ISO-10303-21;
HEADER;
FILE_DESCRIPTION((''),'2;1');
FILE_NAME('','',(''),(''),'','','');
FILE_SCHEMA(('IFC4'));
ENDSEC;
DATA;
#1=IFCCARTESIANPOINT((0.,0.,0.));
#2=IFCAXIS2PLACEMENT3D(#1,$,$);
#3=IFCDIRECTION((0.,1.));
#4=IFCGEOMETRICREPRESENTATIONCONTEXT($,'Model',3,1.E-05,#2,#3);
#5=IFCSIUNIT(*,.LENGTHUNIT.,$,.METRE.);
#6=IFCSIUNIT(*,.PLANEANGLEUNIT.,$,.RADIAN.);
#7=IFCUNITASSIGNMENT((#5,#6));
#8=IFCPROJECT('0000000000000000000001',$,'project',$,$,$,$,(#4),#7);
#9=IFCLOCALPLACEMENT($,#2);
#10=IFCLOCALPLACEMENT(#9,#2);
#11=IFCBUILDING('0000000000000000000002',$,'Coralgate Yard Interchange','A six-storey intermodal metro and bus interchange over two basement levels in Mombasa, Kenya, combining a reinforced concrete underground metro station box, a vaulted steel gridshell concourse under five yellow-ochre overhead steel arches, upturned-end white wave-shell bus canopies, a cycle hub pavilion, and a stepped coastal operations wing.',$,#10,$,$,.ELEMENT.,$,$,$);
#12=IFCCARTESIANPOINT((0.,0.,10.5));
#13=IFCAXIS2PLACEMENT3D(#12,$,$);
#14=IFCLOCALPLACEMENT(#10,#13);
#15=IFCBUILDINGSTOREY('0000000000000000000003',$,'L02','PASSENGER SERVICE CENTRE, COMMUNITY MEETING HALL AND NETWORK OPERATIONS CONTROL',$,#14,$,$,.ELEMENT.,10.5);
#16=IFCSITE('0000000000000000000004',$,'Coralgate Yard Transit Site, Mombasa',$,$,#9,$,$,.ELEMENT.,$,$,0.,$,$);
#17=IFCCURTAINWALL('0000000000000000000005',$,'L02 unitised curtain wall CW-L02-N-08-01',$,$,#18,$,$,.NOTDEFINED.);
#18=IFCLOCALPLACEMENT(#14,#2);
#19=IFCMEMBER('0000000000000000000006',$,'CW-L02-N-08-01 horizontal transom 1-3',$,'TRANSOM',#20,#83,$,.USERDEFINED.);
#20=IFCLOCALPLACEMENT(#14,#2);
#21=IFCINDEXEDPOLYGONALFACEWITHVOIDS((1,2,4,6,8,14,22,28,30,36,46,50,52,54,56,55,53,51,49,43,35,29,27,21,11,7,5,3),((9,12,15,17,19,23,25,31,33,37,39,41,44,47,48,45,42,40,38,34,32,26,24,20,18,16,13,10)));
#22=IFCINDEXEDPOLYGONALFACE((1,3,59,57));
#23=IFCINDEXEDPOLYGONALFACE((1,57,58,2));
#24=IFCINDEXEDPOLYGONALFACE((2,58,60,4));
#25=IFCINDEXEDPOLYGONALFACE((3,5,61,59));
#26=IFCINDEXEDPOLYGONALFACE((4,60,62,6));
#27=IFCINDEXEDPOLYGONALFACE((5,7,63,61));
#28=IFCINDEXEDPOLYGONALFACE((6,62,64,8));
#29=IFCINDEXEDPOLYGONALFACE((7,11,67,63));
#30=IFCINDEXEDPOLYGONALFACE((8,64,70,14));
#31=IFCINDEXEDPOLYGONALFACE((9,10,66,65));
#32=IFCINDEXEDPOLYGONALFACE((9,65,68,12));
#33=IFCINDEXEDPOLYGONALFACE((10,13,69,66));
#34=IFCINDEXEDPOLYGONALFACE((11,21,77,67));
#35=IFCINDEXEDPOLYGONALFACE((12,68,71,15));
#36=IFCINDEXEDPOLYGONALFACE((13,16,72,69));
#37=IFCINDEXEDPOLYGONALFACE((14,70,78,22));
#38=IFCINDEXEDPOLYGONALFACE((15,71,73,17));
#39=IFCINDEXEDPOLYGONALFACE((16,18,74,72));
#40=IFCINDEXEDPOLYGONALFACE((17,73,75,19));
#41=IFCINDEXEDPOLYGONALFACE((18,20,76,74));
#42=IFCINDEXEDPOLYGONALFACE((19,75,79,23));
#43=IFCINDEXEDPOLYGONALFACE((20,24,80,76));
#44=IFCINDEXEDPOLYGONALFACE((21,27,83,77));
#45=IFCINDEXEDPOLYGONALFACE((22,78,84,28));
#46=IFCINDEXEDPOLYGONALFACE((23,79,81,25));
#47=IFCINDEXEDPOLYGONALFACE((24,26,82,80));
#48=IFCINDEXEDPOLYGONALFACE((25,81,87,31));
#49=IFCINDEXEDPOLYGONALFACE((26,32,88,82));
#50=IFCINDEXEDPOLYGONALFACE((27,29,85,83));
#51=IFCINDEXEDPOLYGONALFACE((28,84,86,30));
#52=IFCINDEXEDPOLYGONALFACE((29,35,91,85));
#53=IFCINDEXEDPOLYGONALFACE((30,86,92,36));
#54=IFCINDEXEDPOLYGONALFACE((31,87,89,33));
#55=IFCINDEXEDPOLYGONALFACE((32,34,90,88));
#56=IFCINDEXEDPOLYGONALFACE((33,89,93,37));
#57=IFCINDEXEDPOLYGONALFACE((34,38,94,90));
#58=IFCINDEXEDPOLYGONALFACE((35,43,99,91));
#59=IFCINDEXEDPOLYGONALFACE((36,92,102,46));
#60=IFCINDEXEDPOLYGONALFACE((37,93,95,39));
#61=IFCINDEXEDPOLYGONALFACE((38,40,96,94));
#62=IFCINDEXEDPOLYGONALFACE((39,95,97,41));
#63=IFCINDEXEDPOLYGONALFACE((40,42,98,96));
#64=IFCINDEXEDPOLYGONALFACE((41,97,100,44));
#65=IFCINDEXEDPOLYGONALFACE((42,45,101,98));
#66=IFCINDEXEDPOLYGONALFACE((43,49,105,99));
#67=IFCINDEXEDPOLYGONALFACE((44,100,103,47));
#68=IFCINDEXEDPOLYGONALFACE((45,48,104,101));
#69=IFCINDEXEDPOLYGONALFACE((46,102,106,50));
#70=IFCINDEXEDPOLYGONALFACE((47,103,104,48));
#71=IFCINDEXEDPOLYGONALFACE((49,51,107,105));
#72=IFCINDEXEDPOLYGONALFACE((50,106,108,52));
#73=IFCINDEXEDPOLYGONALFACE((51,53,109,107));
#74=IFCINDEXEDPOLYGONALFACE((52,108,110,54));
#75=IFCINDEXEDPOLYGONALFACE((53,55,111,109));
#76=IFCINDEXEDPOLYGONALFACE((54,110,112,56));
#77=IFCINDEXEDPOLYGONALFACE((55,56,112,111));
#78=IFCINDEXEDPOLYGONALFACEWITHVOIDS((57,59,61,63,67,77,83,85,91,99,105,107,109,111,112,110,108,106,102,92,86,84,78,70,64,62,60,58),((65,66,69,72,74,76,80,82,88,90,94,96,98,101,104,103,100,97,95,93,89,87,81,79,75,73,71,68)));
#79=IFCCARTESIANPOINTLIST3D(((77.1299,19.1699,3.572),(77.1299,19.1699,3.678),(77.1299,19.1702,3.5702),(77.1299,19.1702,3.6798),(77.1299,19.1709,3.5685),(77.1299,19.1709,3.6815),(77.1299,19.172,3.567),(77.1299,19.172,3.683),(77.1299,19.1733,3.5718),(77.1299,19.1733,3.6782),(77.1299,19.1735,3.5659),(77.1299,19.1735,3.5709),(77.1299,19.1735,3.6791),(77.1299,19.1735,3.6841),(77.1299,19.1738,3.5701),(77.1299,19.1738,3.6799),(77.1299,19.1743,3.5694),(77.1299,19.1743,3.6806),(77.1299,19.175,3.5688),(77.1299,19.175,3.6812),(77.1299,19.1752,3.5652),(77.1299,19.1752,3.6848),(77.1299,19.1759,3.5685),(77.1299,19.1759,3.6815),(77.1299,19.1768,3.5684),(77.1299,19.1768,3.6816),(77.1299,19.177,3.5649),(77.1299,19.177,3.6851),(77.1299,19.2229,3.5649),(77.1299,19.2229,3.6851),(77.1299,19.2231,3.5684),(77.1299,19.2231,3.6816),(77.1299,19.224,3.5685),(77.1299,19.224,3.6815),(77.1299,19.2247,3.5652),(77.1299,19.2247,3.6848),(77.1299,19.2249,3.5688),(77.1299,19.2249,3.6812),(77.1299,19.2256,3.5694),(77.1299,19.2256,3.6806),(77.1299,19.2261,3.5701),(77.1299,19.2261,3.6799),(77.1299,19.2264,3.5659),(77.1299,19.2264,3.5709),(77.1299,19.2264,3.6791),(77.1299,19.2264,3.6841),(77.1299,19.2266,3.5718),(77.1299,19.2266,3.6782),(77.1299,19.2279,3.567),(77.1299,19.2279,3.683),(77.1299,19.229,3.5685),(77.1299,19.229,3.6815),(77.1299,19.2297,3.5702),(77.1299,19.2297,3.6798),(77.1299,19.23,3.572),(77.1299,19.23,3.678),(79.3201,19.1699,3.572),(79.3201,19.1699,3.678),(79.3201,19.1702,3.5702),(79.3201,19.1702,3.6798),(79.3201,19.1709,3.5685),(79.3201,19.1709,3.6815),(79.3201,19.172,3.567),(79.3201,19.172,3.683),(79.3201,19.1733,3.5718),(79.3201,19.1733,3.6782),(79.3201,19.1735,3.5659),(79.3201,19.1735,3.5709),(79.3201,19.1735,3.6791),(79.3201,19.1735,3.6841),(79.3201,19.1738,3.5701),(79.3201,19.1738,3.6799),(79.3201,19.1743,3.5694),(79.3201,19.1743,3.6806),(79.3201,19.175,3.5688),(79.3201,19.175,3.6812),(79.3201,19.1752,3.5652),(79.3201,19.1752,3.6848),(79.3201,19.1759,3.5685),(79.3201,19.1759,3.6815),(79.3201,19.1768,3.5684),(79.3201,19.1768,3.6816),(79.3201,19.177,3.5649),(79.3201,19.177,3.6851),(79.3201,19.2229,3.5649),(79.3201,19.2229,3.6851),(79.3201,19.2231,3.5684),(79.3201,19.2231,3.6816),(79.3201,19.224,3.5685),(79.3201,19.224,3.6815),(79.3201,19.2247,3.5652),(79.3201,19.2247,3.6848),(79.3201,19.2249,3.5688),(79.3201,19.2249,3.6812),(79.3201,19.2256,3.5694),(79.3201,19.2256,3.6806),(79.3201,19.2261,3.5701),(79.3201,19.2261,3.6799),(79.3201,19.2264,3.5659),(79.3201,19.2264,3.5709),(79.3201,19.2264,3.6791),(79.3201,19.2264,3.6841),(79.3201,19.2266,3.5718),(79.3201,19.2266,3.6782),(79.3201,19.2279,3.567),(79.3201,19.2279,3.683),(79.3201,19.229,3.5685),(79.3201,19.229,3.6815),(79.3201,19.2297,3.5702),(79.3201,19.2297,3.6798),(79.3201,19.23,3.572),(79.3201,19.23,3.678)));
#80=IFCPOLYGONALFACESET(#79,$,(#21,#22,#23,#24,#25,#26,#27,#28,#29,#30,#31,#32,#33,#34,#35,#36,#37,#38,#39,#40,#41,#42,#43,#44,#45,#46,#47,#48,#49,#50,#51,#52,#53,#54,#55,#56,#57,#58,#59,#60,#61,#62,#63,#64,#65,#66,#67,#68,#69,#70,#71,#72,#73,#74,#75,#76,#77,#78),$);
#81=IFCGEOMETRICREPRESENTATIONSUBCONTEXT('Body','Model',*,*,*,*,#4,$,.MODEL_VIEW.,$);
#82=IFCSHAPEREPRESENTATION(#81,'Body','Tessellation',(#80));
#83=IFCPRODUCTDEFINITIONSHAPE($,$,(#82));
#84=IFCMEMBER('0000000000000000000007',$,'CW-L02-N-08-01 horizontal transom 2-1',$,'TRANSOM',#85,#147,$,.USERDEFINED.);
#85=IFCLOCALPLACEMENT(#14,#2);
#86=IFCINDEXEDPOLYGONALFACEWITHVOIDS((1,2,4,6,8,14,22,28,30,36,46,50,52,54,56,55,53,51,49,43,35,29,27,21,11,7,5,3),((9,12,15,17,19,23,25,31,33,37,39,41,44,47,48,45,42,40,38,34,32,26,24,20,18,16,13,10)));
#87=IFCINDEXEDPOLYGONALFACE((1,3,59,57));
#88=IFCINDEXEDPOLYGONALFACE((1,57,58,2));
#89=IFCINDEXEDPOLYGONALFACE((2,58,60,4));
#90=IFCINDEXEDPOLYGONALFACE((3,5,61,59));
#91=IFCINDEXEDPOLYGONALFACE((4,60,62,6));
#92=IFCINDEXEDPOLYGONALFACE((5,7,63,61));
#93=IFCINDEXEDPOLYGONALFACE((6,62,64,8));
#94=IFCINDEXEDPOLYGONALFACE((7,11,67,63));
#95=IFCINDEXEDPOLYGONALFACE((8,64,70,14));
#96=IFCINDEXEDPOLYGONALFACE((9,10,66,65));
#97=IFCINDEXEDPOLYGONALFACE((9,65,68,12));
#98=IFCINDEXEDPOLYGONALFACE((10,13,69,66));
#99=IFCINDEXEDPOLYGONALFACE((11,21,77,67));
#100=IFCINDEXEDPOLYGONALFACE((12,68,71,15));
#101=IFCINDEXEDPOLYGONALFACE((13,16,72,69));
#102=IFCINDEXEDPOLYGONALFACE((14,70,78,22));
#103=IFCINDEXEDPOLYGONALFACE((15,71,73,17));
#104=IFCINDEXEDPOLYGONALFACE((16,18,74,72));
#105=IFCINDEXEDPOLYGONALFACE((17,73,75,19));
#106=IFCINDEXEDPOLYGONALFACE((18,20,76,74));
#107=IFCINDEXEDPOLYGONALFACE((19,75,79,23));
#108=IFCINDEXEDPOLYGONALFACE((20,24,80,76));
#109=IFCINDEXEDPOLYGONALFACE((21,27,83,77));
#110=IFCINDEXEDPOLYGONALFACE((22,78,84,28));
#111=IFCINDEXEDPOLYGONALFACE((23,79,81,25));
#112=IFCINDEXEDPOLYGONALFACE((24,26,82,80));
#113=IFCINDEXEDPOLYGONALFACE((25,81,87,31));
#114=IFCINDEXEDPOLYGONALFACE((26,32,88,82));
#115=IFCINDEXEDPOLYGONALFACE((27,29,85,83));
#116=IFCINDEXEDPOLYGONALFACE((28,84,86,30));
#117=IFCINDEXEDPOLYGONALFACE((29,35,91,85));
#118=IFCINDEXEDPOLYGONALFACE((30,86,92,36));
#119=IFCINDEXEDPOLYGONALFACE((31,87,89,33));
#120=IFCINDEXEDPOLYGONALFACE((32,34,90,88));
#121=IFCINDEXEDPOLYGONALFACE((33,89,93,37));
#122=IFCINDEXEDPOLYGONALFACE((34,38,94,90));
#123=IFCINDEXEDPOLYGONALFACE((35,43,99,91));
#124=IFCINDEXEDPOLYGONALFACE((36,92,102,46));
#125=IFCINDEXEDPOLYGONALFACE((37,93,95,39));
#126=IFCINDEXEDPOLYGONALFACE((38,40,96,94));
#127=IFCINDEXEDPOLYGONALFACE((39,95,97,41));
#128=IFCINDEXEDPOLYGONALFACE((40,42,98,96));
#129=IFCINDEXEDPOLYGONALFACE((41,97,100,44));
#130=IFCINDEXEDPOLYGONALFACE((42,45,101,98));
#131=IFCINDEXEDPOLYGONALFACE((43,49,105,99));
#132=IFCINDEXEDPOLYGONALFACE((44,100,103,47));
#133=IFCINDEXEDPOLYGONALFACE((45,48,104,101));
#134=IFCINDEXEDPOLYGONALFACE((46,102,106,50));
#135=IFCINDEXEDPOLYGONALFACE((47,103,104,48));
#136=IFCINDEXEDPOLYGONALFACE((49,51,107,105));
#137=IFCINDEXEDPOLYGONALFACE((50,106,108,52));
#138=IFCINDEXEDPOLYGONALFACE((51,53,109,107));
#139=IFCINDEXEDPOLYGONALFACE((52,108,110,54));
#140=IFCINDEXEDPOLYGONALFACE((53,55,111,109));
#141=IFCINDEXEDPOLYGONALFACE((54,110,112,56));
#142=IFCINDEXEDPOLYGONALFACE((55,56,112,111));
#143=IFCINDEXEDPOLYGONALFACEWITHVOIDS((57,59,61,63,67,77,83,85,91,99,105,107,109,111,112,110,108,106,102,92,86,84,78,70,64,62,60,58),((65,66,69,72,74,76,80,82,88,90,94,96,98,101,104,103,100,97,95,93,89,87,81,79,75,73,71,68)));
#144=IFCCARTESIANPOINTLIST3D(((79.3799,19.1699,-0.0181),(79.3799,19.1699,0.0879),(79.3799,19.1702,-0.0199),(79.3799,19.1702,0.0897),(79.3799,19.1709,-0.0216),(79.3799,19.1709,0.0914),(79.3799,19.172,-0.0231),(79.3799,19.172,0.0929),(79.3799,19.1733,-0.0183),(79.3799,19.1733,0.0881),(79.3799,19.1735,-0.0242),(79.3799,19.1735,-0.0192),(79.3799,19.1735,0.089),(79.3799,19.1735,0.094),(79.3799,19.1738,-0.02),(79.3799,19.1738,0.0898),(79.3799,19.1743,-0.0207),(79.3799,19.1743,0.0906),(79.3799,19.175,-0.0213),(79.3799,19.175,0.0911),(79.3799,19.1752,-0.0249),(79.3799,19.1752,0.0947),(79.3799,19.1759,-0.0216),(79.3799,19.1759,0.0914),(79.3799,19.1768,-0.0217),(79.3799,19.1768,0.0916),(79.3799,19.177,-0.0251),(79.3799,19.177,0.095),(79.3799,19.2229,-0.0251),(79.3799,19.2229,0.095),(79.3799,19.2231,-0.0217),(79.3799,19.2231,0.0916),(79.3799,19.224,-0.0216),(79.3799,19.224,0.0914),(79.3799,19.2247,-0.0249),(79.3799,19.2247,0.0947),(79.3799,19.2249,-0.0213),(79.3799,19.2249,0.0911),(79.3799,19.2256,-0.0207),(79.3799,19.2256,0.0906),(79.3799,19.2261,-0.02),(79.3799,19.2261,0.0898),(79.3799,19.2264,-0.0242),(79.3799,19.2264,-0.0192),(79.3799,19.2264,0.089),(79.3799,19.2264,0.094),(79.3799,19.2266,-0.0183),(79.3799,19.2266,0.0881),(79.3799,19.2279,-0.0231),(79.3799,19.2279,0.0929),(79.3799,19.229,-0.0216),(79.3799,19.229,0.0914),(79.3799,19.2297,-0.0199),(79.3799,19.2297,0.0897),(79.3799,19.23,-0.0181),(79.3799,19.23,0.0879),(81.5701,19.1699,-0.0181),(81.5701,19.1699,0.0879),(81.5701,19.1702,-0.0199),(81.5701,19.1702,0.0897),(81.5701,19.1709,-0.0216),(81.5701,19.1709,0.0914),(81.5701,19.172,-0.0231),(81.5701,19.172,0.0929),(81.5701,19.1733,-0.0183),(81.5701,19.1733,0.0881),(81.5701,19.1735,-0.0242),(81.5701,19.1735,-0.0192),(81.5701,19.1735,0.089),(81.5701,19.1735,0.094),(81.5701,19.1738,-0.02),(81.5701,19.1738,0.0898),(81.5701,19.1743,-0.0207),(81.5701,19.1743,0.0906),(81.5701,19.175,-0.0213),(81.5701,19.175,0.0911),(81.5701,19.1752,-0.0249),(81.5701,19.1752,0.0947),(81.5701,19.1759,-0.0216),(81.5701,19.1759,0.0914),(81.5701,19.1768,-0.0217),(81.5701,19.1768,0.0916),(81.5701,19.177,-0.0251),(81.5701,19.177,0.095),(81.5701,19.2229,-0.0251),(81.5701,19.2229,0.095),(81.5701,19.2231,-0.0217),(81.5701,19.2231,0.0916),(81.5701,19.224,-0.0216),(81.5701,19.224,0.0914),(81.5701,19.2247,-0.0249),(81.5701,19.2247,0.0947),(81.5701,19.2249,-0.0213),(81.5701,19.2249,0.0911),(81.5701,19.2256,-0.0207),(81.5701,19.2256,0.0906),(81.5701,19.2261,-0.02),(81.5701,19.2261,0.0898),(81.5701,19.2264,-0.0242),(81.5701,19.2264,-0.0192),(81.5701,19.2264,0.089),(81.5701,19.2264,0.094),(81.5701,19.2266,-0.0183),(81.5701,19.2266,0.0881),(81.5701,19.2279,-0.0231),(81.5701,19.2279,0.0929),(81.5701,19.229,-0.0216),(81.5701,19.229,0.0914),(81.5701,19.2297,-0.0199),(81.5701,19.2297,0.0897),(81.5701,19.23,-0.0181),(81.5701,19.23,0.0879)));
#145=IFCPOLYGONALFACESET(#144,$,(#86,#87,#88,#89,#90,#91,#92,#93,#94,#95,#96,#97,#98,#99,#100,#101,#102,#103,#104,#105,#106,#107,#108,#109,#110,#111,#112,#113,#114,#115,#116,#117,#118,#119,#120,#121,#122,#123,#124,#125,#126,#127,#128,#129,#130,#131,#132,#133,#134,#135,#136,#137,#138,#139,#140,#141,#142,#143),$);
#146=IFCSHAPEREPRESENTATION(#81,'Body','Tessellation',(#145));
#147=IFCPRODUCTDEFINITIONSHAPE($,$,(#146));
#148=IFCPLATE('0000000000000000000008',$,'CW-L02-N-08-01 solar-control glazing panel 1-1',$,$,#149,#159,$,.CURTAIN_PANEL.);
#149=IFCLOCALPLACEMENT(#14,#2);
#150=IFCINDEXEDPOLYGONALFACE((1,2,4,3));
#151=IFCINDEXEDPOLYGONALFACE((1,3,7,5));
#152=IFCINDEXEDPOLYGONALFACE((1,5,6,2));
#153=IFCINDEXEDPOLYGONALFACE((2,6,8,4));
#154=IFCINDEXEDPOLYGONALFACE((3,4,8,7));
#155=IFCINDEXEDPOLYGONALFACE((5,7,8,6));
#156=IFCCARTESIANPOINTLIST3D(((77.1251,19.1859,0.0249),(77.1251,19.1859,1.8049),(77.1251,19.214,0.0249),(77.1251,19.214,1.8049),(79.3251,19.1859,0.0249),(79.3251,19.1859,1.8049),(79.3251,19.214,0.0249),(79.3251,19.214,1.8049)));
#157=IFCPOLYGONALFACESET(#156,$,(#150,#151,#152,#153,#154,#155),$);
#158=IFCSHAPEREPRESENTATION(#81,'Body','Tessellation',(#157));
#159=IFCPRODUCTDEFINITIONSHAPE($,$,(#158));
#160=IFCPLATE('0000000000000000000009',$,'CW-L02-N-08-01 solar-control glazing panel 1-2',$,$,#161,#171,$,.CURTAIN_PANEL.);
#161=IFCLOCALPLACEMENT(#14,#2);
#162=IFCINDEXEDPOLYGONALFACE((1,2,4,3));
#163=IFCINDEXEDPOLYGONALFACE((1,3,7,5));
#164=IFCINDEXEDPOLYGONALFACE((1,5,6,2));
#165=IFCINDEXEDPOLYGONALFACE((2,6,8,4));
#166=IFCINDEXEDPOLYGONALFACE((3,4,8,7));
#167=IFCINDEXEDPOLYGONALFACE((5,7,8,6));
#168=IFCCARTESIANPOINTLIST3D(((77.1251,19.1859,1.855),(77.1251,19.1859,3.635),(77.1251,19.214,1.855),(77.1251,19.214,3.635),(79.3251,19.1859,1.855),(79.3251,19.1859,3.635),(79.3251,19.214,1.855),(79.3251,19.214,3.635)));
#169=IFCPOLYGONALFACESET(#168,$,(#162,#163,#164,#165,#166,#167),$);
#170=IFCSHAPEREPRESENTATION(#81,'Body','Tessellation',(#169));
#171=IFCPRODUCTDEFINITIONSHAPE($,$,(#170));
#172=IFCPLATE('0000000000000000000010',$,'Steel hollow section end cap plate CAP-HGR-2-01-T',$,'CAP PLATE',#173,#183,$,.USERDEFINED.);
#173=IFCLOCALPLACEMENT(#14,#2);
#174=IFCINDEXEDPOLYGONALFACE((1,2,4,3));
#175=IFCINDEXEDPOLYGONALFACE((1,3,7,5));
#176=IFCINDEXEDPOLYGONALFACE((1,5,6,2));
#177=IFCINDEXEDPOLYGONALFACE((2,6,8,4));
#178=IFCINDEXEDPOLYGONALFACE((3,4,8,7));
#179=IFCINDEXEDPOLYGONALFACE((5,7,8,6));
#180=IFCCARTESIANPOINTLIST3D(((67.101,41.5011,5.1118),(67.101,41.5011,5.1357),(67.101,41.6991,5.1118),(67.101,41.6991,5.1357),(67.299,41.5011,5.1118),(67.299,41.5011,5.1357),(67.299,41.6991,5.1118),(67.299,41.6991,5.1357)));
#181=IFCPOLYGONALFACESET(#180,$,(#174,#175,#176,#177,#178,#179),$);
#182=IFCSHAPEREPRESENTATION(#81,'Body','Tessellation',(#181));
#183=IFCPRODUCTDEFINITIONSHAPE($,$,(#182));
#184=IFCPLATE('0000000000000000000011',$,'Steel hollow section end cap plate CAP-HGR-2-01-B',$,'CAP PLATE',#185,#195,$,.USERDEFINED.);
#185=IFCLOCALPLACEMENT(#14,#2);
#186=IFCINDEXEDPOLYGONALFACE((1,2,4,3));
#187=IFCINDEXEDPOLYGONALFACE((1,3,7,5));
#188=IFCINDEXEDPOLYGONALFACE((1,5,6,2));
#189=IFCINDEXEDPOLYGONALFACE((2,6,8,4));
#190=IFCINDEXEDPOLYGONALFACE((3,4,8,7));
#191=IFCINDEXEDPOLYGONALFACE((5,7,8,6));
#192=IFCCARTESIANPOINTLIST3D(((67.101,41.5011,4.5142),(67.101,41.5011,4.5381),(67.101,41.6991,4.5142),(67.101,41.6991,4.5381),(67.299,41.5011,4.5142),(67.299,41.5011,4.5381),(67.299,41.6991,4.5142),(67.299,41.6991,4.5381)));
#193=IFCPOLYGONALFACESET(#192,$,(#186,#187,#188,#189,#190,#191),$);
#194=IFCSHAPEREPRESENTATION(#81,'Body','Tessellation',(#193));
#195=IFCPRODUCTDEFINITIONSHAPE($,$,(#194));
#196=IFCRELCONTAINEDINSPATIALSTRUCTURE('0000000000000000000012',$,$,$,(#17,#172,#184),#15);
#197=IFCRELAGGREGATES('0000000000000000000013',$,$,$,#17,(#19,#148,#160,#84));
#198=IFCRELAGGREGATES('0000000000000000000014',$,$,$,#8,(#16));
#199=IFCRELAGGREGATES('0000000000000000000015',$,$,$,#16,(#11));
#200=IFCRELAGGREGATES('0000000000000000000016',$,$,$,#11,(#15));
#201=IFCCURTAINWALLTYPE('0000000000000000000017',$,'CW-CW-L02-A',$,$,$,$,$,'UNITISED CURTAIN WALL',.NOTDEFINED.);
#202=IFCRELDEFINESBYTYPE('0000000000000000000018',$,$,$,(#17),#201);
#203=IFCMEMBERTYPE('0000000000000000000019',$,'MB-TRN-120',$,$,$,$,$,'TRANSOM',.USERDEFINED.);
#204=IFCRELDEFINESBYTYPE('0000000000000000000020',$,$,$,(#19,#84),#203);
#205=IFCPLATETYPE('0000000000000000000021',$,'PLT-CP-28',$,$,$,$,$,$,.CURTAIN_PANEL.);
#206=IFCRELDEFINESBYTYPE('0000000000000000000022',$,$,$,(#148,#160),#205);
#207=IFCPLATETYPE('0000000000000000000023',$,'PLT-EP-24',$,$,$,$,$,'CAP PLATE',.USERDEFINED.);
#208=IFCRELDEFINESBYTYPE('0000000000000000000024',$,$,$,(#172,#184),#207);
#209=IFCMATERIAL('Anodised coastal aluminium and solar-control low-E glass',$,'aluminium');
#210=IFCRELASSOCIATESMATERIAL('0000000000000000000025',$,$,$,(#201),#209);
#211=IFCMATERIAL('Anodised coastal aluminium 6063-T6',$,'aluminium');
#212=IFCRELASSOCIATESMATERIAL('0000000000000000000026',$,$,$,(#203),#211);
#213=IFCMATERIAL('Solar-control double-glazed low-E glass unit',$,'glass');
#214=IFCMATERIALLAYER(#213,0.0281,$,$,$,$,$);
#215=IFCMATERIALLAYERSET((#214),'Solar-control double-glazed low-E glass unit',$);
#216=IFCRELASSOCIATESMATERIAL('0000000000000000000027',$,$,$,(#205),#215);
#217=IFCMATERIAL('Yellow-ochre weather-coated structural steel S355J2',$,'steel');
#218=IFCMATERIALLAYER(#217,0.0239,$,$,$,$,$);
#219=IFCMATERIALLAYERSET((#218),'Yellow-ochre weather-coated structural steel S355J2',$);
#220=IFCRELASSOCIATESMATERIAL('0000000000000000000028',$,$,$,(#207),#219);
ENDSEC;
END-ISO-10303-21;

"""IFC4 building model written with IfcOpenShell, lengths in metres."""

from ifc_helpers import new_model, si_unit, direction, frame, origin, origin_2d, place, context, subcontext, project, spatial, rectangle, hollow_rectangle, extrude, material, layer, layer_set, material_profile, profile_set, type_object, element, aggregate, save


model = new_model("IFC4")

# Units and contexts
model_context = context("Model", 3, precision=1e-05, world=origin(), true_north=direction((0.0, 1.0)))
body_context = subcontext(model_context, "Body", "Model", "MODEL_VIEW")
ifc_project = project(units=[si_unit("LENGTHUNIT", "METRE"), si_unit("PLANEANGLEUNIT", "RADIAN")], contexts=[model_context])

# Site, building, storey
site_placement = place(None, origin())
site = spatial("IfcSite", under=ifc_project, at=site_placement, Name="Coralgate Yard Transit Site, Mombasa", CompositionType="ELEMENT", RefElevation=0.0)
building_placement = place(site_placement, origin())
building = spatial("IfcBuilding", under=site, at=building_placement, Name="Coralgate Yard Interchange", Description="A six-storey intermodal metro and bus interchange over two basement levels in Mombasa, Kenya, combining a reinforced concrete underground metro station box, a vaulted steel gridshell concourse under five yellow-ochre overhead steel arches, upturned-end white wave-shell bus canopies, a cycle hub pavilion, and a stepped coastal operations wing.", CompositionType="ELEMENT")
storey_placement = place(building_placement, frame((0.0, 0.0, 10.5)))
storey = spatial("IfcBuildingStorey", under=building, at=storey_placement, Name="L02", Description="PASSENGER SERVICE CENTRE, COMMUNITY MEETING HALL AND NETWORK OPERATIONS CONTROL", CompositionType="ELEMENT", Elevation=10.5)

# Shared definitions
ifc_material_1 = material(Name="Yellow-ochre weather-coated structural steel S355J2", Category="steel")

# Curtain wall
ifc_material_2 = material(Name="Anodised coastal aluminium and solar-control low-E glass", Category="aluminium")
curtain_wall_type = type_object("IfcCurtainWallType", Name="CW-CW-L02-A", ElementType="UNITISED CURTAIN WALL", PredefinedType="NOTDEFINED", material=ifc_material_2)
curtain_wall_placement = place(storey_placement, origin())
curtain_wall = element("IfcCurtainWall", 1, at=curtain_wall_placement, inside=storey, type_object=curtain_wall_type, Name="L02 unitised curtain wall CW-L02-N-08-01", PredefinedType="NOTDEFINED")
ifc_material_3 = material(Name="Anodised coastal aluminium 6063-T6", Category="aluminium")

# Members
ifc_material_profile_1 = material_profile(ifc_material_3, hollow_rectangle(XDim=0.0601, YDim=0.1201, WallThickness=0.0034, InnerFilletRadius=0.0034, OuterFilletRadius=0.0071, at=origin_2d()), Name="ALU 60x120x3.5")
ifc_profile_set_1 = profile_set([ifc_material_profile_1], Name="Anodised coastal aluminium 6063-T6")
member_type_1 = type_object("IfcMemberType", Name="MB-TRN-120", ElementType="TRANSOM", PredefinedType="USERDEFINED", material=ifc_profile_set_1)
member_1_placement = place(storey_placement, frame((77.1299, 19.2, 3.625), z_axis=(1.0, 0.0, 0.0), x_axis=(0.0, 1.0, 0.0)))
member_1 = element("IfcMember", 2, at=member_1_placement, type_object=member_type_1, Name="CW-L02-N-08-01 horizontal transom 1-3", ObjectType="TRANSOM", PredefinedType="USERDEFINED", context=body_context, shape_type="SweptSolid", body=[
    extrude(hollow_rectangle(XDim=0.0601, YDim=0.1201, WallThickness=0.0034, InnerFilletRadius=0.0034, OuterFilletRadius=0.0071, at=origin_2d()), origin(), (0.0, 0.0, 1.0), 2.1902),
])
member_2_placement = place(storey_placement, frame((79.3799, 19.2, 0.0349), z_axis=(1.0, 0.0, 0.0), x_axis=(0.0, 1.0, 0.0)))
member_2 = element("IfcMember", 3, at=member_2_placement, type_object=member_type_1, Name="CW-L02-N-08-01 horizontal transom 2-1", ObjectType="TRANSOM", PredefinedType="USERDEFINED", context=body_context, shape_type="SweptSolid", body=[
    extrude(hollow_rectangle(XDim=0.0601, YDim=0.1201, WallThickness=0.0034, InnerFilletRadius=0.0034, OuterFilletRadius=0.0071, at=origin_2d()), origin(), (0.0, 0.0, 1.0), 2.1902),
])

# Plates
ifc_material_4 = material(Name="Solar-control double-glazed low-E glass unit", Category="glass")
ifc_layer_1 = layer(ifc_material_4, 0.0281)
ifc_layer_set_1 = layer_set([ifc_layer_1], Name="Solar-control double-glazed low-E glass unit")
plate_type_1 = type_object("IfcPlateType", Name="PLT-CP-28", PredefinedType="CURTAIN_PANEL", material=ifc_layer_set_1)
plate_1_placement = place(storey_placement, frame((78.2251, 19.2, 0.0249), z_axis=(0.0, 0.0, 1.0), x_axis=(1.0, 0.0, 0.0)))
plate_1 = element("IfcPlate", 4, at=plate_1_placement, type_object=plate_type_1, Name="CW-L02-N-08-01 solar-control glazing panel 1-1", PredefinedType="CURTAIN_PANEL", context=body_context, shape_type="SweptSolid", body=[
    extrude(rectangle(XDim=2.2, YDim=0.0281, at=origin_2d()), origin(), (0.0, 0.0, 1.0), 1.78),
])
plate_2_placement = place(storey_placement, frame((78.2251, 19.2, 1.855), z_axis=(0.0, 0.0, 1.0), x_axis=(1.0, 0.0, 0.0)))
plate_2 = element("IfcPlate", 5, at=plate_2_placement, type_object=plate_type_1, Name="CW-L02-N-08-01 solar-control glazing panel 1-2", PredefinedType="CURTAIN_PANEL", context=body_context, shape_type="SweptSolid", body=[
    extrude(rectangle(XDim=2.2, YDim=0.0281, at=origin_2d()), origin(), (0.0, 0.0, 1.0), 1.78),
])
aggregate(curtain_wall, [member_1, plate_1, plate_2, member_2])

# Plates
ifc_layer_2 = layer(ifc_material_1, 0.0239)
ifc_layer_set_2 = layer_set([ifc_layer_2], Name="Yellow-ochre weather-coated structural steel S355J2")
plate_type_2 = type_object("IfcPlateType", Name="PLT-EP-24", ElementType="CAP PLATE", PredefinedType="USERDEFINED", material=ifc_layer_set_2)
for number, where, z_axis, x_axis, name in (
    (6, (67.2, 41.6001, 5.1118), (0.0, 0.0, 1.0), (1.0, 0.0, 0.0), "Steel hollow section end cap plate CAP-HGR-2-01-T"),
    (7, (67.2, 41.6001, 4.5381), (0.0, 0.0, -1.0), (1.0, 0.0, 0.0), "Steel hollow section end cap plate CAP-HGR-2-01-B"),
):
    element("IfcPlate", number, at=place(storey_placement, frame(where, z_axis=z_axis, x_axis=x_axis)), inside=storey, type_object=plate_type_2, Name=name, ObjectType="CAP PLATE", PredefinedType="USERDEFINED", context=body_context, shape_type="SweptSolid", body=[
        extrude(rectangle(XDim=0.198, YDim=0.198, at=origin_2d()), origin(), (0.0, 0.0, 1.0), 0.0239),
    ])

save(model, "model.ifc")
